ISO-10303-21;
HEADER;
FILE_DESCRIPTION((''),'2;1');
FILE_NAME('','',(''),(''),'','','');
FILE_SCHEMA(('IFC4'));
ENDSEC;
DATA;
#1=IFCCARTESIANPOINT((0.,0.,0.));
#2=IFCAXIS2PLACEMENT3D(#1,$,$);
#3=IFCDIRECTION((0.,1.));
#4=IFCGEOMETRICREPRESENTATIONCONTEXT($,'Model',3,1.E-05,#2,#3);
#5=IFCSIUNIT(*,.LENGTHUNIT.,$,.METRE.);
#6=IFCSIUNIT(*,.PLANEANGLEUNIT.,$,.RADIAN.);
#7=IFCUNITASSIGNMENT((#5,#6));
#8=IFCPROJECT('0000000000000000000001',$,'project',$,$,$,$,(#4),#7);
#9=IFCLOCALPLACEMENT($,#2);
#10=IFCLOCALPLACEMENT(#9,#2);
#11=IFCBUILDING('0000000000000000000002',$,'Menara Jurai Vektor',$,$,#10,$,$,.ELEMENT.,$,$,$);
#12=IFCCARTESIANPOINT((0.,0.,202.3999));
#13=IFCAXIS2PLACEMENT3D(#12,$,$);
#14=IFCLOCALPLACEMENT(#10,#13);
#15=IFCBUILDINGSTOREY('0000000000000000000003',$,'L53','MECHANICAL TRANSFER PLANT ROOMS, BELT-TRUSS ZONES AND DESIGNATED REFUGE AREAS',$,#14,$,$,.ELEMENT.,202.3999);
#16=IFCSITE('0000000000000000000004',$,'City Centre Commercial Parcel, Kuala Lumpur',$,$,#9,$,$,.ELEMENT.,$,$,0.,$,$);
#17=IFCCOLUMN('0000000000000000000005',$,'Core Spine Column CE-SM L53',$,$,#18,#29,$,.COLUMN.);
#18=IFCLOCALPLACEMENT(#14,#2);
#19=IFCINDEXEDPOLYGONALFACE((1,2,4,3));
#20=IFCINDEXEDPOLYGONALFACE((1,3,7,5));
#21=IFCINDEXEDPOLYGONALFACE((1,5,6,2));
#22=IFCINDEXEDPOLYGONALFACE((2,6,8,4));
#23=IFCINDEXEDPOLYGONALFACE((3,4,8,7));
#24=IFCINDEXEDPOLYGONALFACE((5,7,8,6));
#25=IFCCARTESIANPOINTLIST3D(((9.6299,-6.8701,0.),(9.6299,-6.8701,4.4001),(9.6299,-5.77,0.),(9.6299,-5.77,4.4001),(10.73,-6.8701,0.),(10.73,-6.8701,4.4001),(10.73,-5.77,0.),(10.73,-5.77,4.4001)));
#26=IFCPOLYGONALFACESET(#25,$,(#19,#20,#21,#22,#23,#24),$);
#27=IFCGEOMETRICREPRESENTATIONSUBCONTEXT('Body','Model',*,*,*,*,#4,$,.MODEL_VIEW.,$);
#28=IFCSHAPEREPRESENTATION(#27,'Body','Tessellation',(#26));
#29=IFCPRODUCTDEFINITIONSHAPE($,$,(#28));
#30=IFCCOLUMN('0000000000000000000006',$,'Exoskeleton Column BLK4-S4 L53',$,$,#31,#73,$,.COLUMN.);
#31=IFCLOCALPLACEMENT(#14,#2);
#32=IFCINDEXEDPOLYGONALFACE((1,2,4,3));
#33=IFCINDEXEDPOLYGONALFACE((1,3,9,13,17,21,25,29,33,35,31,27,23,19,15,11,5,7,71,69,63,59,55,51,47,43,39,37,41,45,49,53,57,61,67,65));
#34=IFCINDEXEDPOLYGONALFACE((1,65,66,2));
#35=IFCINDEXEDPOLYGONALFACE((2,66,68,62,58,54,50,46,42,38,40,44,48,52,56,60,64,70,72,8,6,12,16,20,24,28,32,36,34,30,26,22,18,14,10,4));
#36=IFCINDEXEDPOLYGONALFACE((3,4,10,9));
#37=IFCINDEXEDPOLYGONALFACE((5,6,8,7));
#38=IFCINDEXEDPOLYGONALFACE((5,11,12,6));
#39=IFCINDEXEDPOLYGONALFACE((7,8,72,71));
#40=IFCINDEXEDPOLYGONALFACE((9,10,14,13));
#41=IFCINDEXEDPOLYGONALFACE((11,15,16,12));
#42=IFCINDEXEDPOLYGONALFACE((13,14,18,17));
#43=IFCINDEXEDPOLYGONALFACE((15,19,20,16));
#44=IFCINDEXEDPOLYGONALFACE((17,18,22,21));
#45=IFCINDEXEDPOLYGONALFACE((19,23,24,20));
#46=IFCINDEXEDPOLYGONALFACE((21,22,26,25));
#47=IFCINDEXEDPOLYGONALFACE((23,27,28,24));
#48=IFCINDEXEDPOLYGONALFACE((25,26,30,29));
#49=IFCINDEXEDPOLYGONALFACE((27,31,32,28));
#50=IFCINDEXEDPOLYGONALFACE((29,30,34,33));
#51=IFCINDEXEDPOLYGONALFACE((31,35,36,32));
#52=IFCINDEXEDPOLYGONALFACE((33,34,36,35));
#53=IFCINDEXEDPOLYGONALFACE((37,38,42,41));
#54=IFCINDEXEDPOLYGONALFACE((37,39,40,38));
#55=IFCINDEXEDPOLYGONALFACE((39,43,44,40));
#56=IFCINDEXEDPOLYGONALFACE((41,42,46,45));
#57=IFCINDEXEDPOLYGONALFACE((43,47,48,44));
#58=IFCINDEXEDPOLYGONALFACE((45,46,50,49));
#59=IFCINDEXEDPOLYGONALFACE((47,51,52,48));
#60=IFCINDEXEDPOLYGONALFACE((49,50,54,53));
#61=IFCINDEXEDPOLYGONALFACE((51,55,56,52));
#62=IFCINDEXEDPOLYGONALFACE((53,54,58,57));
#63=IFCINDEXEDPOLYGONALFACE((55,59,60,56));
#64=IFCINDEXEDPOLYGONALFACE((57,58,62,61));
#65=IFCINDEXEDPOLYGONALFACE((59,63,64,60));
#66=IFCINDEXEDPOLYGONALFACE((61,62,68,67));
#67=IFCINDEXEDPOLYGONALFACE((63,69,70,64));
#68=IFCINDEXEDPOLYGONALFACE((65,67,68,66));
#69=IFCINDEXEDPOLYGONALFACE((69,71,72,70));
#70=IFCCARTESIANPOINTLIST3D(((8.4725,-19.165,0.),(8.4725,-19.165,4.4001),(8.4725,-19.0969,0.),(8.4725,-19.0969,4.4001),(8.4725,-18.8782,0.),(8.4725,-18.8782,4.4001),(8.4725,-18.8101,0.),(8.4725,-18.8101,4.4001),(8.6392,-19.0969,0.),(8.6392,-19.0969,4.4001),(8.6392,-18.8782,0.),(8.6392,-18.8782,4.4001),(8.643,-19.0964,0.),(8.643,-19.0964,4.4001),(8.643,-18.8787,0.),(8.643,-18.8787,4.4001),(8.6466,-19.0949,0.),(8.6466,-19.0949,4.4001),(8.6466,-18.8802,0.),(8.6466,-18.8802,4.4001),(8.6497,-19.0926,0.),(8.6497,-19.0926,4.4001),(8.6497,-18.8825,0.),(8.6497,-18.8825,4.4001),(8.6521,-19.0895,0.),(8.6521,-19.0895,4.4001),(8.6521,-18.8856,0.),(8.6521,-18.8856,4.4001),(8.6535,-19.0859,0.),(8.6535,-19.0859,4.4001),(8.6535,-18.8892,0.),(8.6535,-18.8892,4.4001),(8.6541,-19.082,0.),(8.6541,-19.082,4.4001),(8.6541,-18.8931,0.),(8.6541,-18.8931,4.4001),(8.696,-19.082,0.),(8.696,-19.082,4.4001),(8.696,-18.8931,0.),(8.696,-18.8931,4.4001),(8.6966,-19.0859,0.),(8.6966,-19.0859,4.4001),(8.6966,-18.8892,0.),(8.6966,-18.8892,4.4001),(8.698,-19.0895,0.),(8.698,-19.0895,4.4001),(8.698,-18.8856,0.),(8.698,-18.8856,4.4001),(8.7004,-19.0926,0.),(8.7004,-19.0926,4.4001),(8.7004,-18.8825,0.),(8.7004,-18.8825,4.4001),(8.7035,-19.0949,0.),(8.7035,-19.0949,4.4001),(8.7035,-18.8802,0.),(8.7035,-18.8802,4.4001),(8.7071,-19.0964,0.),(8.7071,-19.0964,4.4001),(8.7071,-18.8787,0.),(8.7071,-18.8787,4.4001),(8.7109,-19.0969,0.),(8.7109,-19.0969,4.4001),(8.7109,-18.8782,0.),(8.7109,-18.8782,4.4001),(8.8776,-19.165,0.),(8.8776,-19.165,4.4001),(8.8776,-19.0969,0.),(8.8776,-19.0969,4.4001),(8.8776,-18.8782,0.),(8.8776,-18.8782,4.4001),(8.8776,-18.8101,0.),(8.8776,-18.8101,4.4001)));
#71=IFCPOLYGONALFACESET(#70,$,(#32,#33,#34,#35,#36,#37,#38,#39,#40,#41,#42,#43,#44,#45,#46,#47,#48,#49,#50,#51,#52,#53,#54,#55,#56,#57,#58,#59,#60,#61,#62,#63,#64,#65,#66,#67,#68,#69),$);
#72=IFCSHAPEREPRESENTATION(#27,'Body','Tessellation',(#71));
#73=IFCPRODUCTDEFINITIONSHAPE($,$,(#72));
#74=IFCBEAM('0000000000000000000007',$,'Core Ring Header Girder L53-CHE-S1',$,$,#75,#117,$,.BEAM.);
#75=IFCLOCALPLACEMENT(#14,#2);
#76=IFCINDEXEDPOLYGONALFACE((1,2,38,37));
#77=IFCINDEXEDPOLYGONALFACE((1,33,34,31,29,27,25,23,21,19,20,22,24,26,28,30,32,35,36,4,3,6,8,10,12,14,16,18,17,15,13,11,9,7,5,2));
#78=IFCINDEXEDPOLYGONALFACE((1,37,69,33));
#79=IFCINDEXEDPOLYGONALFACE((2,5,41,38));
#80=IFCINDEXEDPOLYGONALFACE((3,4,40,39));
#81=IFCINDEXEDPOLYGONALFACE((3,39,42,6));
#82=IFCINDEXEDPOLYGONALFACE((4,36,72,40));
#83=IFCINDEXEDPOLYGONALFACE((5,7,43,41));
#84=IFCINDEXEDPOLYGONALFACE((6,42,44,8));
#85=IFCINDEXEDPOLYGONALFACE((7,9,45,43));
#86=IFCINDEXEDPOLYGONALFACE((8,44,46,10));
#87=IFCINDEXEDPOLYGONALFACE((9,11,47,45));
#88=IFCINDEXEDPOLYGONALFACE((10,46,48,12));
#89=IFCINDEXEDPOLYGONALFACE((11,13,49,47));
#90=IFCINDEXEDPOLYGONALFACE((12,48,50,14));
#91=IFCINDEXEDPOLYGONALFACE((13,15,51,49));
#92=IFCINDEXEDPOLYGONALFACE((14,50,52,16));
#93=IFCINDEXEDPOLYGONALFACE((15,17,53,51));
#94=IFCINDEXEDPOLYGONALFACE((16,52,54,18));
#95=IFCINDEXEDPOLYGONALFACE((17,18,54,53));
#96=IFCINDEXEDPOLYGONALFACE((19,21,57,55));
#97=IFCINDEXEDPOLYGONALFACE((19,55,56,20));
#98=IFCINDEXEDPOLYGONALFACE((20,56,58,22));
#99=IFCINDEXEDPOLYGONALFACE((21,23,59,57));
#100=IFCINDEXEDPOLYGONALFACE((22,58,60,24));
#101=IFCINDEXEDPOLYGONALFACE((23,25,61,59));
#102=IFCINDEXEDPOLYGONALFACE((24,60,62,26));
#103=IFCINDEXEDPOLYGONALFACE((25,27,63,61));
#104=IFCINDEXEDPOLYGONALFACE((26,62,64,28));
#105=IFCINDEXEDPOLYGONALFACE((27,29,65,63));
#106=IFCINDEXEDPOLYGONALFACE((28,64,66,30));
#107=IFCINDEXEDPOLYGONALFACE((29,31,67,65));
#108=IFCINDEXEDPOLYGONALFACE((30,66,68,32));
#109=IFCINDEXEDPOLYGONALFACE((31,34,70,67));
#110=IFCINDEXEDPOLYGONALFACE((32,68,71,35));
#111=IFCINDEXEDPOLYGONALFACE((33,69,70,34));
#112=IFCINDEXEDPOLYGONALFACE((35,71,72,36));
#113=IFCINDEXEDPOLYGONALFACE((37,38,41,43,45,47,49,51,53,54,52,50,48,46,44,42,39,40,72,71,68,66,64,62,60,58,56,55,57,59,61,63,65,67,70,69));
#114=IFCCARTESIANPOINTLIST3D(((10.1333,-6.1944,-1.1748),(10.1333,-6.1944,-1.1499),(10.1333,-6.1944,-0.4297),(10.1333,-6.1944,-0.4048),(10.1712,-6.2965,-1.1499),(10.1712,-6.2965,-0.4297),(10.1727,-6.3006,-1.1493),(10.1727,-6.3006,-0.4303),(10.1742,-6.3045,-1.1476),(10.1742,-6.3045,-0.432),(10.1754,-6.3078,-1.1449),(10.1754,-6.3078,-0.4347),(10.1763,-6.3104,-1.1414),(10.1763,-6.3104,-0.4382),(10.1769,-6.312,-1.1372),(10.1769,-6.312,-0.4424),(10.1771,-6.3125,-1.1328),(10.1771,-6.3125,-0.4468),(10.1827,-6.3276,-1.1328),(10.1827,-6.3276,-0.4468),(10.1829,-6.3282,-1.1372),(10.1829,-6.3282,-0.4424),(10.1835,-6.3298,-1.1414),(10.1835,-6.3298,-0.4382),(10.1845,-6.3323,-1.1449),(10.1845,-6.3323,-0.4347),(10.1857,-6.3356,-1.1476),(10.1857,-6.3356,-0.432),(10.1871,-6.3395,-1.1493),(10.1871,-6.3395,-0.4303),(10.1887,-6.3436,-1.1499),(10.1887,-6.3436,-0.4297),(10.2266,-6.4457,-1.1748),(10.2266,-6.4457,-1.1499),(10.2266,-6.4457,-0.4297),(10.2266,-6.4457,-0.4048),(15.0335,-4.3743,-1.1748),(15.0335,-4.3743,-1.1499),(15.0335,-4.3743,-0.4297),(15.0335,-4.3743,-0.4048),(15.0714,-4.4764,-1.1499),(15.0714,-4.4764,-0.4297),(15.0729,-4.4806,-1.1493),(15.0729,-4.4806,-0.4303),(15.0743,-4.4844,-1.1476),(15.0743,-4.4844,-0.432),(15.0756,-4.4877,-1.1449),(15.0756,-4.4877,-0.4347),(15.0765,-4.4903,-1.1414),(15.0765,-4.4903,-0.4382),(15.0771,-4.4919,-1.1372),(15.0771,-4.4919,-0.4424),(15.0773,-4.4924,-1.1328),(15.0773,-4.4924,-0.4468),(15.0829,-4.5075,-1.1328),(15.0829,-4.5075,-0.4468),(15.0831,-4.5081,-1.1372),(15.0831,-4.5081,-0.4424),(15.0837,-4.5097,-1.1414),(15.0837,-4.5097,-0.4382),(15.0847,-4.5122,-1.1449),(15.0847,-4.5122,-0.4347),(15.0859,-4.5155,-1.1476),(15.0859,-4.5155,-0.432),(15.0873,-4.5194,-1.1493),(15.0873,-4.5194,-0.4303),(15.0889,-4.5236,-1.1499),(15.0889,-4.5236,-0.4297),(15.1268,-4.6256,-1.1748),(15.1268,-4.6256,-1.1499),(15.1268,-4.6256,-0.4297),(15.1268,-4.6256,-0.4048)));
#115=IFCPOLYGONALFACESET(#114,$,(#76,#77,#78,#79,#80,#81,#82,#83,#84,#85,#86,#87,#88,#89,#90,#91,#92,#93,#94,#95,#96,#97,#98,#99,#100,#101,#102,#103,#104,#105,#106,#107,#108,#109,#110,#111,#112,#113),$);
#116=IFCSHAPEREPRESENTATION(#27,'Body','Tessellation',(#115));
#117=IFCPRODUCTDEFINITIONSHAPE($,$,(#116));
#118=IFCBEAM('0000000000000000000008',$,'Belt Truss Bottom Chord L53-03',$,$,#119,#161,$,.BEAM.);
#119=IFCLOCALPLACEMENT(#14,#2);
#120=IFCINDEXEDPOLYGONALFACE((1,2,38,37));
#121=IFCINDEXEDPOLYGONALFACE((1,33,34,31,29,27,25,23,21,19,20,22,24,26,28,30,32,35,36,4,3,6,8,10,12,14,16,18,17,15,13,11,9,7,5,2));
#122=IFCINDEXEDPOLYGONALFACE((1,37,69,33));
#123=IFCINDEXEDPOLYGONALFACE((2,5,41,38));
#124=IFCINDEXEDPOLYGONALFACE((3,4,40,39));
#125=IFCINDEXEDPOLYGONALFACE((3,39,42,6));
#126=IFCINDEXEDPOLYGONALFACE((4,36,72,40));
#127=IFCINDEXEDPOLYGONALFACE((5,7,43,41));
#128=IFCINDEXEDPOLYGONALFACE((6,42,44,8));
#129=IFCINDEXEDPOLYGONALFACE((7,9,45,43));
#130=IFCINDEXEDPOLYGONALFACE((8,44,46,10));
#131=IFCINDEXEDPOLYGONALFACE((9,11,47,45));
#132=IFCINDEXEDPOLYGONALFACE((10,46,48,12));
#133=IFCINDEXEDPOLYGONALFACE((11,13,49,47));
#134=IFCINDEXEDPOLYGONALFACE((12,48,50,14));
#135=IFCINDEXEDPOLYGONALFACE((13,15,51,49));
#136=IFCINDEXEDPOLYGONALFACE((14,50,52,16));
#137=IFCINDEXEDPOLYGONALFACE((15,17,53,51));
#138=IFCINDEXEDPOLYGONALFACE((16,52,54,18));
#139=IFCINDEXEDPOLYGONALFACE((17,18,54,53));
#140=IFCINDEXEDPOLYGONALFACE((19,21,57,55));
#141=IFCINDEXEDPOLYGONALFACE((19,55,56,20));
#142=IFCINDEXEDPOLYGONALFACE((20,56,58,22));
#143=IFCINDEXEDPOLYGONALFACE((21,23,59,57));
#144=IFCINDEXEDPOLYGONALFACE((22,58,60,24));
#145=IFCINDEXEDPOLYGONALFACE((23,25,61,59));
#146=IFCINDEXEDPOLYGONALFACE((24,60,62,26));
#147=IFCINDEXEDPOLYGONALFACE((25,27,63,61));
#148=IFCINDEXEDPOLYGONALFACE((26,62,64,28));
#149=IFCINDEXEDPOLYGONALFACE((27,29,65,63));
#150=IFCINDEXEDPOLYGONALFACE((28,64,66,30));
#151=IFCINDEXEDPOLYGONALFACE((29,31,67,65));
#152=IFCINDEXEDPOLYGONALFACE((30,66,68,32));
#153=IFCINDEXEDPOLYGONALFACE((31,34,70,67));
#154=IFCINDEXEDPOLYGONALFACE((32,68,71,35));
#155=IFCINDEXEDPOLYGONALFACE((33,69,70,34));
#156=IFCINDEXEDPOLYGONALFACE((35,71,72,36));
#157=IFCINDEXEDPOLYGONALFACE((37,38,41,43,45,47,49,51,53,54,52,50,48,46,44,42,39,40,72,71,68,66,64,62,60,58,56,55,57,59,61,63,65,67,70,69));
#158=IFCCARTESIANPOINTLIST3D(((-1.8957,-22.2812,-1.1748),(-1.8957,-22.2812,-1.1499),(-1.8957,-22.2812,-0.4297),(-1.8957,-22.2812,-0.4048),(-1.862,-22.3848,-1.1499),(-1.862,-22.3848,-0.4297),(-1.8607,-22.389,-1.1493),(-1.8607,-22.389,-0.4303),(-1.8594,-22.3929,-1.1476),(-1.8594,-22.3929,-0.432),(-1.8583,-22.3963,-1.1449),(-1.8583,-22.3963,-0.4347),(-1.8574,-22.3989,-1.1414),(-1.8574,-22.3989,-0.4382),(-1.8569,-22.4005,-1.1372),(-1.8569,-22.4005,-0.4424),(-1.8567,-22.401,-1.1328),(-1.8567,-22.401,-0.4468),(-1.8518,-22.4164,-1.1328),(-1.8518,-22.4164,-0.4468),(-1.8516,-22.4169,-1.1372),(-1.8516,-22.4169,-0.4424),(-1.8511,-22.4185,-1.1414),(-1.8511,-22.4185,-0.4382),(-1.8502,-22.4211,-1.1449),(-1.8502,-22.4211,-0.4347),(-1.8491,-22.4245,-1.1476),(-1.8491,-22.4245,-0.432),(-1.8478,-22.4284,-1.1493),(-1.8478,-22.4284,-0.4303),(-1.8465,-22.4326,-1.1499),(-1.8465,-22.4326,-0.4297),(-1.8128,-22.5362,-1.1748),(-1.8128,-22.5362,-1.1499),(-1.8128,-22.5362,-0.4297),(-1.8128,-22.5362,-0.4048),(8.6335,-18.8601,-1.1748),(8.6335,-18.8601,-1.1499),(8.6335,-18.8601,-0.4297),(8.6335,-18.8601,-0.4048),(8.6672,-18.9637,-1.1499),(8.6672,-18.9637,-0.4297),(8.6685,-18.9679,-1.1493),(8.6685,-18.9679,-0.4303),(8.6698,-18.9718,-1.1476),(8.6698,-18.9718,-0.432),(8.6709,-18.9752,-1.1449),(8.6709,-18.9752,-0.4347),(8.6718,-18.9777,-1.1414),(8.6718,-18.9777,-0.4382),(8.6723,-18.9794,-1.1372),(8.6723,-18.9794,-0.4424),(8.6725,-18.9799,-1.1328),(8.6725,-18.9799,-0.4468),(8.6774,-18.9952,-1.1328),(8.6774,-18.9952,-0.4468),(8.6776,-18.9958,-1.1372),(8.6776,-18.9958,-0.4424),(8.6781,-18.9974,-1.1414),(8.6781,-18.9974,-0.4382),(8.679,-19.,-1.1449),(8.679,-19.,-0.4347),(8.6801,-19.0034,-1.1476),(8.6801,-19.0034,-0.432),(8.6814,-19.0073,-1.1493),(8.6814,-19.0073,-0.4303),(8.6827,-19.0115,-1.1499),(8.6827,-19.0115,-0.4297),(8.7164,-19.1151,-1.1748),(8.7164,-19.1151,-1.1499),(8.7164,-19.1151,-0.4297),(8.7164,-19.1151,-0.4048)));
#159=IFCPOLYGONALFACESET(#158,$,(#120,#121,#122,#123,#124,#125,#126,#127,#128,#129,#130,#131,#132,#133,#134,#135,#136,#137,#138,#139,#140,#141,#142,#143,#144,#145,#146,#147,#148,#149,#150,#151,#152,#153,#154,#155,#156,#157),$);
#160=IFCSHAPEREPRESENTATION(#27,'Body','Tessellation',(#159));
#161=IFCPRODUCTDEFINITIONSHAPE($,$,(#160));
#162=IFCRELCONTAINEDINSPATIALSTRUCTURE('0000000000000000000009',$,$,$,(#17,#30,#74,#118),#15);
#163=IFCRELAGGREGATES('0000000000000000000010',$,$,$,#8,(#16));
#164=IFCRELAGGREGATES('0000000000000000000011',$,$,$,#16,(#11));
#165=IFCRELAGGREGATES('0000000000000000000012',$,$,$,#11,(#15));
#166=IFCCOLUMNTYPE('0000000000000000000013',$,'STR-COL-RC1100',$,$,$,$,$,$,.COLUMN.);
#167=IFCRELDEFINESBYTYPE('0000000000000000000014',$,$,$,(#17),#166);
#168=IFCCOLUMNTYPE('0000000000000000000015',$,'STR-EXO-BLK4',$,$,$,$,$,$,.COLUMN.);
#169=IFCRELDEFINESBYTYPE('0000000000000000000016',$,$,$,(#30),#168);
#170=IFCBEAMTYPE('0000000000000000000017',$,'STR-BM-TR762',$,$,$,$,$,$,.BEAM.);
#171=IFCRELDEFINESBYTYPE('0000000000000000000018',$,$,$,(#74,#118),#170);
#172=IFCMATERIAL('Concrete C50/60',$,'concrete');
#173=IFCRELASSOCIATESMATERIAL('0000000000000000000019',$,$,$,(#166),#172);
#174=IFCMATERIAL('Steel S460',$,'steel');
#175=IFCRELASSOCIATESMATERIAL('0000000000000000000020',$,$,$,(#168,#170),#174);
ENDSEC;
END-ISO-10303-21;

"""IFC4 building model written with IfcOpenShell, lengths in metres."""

from ifc_helpers import new_model, si_unit, direction, frame, origin, origin_2d, place, context, subcontext, project, spatial, rectangle, i_section, extrude, material, material_profile, profile_set, type_object, element, save


model = new_model("IFC4")

# Units and contexts
model_context = context("Model", 3, precision=1e-05, world=origin(), true_north=direction((0.0, 1.0)))
body_context = subcontext(model_context, "Body", "Model", "MODEL_VIEW")
ifc_project = project(units=[si_unit("LENGTHUNIT", "METRE"), si_unit("PLANEANGLEUNIT", "RADIAN")], contexts=[model_context])

# Site, building, storey
site_placement = place(None, origin())
site = spatial("IfcSite", under=ifc_project, at=site_placement, Name="City Centre Commercial Parcel, Kuala Lumpur", CompositionType="ELEMENT", RefElevation=0.0)
building_placement = place(site_placement, origin())
building = spatial("IfcBuilding", under=site, at=building_placement, Name="Menara Jurai Vektor", CompositionType="ELEMENT")
storey_placement = place(building_placement, frame((0.0, 0.0, 202.3999)))
storey = spatial("IfcBuildingStorey", under=building, at=storey_placement, Name="L53", Description="MECHANICAL TRANSFER PLANT ROOMS, BELT-TRUSS ZONES AND DESIGNATED REFUGE AREAS", CompositionType="ELEMENT", Elevation=202.3999)

# Columns
ifc_material_1 = material(Name="Concrete C50/60", Category="concrete")
ifc_material_profile_1 = material_profile(ifc_material_1, rectangle(XDim=1.1001, YDim=1.1001, at=origin_2d()), Name="RC 1100x1100")
ifc_profile_set_1 = profile_set([ifc_material_profile_1], Name="Concrete C50/60")
column_type_1 = type_object("IfcColumnType", Name="STR-COL-RC1100", PredefinedType="COLUMN", material=ifc_profile_set_1)
column_1_placement = place(storey_placement, frame((10.1799, -6.3201, 0.0), z_axis=(0.0, 0.0, 1.0), x_axis=(1.0, 0.0, 0.0)))
element("IfcColumn", 1, at=column_1_placement, inside=storey, type_object=column_type_1, Name="Core Spine Column CE-SM L53", PredefinedType="COLUMN", context=body_context, shape_type="SweptSolid", body=[
    extrude(rectangle(XDim=1.1001, YDim=1.1001, at=origin_2d()), origin(), (0.0, 0.0, 1.0), 4.4001),
])
ifc_material_2 = material(Name="Steel S460", Category="steel")
ifc_material_profile_2 = material_profile(ifc_material_2, i_section(OverallWidth=0.405, OverallDepth=0.355, WebThickness=0.042, FlangeThickness=0.0681, FilletRadius=0.0149, at=origin_2d()), Name="HD 400x551")
ifc_profile_set_2 = profile_set([ifc_material_profile_2], Name="Steel S460")
column_type_2 = type_object("IfcColumnType", Name="STR-EXO-BLK4", PredefinedType="COLUMN", material=ifc_profile_set_2)
column_2_placement = place(storey_placement, frame((8.675, -18.9875, 0.0), z_axis=(0.0, 0.0, 1.0), x_axis=(1.0, 0.0, 0.0)))
element("IfcColumn", 2, at=column_2_placement, inside=storey, type_object=column_type_2, Name="Exoskeleton Column BLK4-S4 L53", PredefinedType="COLUMN", context=body_context, shape_type="SweptSolid", body=[
    extrude(i_section(OverallWidth=0.405, OverallDepth=0.355, WebThickness=0.042, FlangeThickness=0.0681, FilletRadius=0.0149, at=origin_2d()), origin(), (0.0, 0.0, 1.0), 4.4001),
])

# Beams
ifc_material_profile_3 = material_profile(ifc_material_2, i_section(OverallWidth=0.2681, OverallDepth=0.77, WebThickness=0.0161, FlangeThickness=0.0249, FilletRadius=0.0171, at=origin_2d()), Name="UKB 762x267x197")
ifc_profile_set_3 = profile_set([ifc_material_profile_3], Name="Steel S460")
beam_type_1 = type_object("IfcBeamType", Name="STR-BM-TR762", PredefinedType="BEAM", material=ifc_profile_set_3)
beam_1_placement = place(storey_placement, frame((10.1799, -6.3201, -0.7898), z_axis=(0.937424, 0.348189, 0.0), x_axis=(-0.348189, 0.937424, 0.0)))
element("IfcBeam", 3, at=beam_1_placement, inside=storey, type_object=beam_type_1, Name="Core Ring Header Girder L53-CHE-S1", PredefinedType="BEAM", context=body_context, shape_type="SweptSolid", body=[
    extrude(i_section(OverallWidth=0.2681, OverallDepth=0.77, WebThickness=0.0161, FlangeThickness=0.0249, FilletRadius=0.0171, at=origin_2d()), origin(), (0.0, 0.0, 1.0), 5.2273),
])
beam_2_placement = place(storey_placement, frame((-1.8542, -22.4087, -0.7898), z_axis=(0.951057, 0.309014, 0.0), x_axis=(-0.309014, 0.951057, 0.0)))
element("IfcBeam", 4, at=beam_2_placement, inside=storey, type_object=beam_type_1, Name="Belt Truss Bottom Chord L53-03", PredefinedType="BEAM", context=body_context, shape_type="SweptSolid", body=[
    extrude(i_section(OverallWidth=0.2681, OverallDepth=0.77, WebThickness=0.0161, FlangeThickness=0.0249, FilletRadius=0.0171, at=origin_2d()), origin(), (0.0, 0.0, 1.0), 11.071),
])

save(model, "model.ifc")
